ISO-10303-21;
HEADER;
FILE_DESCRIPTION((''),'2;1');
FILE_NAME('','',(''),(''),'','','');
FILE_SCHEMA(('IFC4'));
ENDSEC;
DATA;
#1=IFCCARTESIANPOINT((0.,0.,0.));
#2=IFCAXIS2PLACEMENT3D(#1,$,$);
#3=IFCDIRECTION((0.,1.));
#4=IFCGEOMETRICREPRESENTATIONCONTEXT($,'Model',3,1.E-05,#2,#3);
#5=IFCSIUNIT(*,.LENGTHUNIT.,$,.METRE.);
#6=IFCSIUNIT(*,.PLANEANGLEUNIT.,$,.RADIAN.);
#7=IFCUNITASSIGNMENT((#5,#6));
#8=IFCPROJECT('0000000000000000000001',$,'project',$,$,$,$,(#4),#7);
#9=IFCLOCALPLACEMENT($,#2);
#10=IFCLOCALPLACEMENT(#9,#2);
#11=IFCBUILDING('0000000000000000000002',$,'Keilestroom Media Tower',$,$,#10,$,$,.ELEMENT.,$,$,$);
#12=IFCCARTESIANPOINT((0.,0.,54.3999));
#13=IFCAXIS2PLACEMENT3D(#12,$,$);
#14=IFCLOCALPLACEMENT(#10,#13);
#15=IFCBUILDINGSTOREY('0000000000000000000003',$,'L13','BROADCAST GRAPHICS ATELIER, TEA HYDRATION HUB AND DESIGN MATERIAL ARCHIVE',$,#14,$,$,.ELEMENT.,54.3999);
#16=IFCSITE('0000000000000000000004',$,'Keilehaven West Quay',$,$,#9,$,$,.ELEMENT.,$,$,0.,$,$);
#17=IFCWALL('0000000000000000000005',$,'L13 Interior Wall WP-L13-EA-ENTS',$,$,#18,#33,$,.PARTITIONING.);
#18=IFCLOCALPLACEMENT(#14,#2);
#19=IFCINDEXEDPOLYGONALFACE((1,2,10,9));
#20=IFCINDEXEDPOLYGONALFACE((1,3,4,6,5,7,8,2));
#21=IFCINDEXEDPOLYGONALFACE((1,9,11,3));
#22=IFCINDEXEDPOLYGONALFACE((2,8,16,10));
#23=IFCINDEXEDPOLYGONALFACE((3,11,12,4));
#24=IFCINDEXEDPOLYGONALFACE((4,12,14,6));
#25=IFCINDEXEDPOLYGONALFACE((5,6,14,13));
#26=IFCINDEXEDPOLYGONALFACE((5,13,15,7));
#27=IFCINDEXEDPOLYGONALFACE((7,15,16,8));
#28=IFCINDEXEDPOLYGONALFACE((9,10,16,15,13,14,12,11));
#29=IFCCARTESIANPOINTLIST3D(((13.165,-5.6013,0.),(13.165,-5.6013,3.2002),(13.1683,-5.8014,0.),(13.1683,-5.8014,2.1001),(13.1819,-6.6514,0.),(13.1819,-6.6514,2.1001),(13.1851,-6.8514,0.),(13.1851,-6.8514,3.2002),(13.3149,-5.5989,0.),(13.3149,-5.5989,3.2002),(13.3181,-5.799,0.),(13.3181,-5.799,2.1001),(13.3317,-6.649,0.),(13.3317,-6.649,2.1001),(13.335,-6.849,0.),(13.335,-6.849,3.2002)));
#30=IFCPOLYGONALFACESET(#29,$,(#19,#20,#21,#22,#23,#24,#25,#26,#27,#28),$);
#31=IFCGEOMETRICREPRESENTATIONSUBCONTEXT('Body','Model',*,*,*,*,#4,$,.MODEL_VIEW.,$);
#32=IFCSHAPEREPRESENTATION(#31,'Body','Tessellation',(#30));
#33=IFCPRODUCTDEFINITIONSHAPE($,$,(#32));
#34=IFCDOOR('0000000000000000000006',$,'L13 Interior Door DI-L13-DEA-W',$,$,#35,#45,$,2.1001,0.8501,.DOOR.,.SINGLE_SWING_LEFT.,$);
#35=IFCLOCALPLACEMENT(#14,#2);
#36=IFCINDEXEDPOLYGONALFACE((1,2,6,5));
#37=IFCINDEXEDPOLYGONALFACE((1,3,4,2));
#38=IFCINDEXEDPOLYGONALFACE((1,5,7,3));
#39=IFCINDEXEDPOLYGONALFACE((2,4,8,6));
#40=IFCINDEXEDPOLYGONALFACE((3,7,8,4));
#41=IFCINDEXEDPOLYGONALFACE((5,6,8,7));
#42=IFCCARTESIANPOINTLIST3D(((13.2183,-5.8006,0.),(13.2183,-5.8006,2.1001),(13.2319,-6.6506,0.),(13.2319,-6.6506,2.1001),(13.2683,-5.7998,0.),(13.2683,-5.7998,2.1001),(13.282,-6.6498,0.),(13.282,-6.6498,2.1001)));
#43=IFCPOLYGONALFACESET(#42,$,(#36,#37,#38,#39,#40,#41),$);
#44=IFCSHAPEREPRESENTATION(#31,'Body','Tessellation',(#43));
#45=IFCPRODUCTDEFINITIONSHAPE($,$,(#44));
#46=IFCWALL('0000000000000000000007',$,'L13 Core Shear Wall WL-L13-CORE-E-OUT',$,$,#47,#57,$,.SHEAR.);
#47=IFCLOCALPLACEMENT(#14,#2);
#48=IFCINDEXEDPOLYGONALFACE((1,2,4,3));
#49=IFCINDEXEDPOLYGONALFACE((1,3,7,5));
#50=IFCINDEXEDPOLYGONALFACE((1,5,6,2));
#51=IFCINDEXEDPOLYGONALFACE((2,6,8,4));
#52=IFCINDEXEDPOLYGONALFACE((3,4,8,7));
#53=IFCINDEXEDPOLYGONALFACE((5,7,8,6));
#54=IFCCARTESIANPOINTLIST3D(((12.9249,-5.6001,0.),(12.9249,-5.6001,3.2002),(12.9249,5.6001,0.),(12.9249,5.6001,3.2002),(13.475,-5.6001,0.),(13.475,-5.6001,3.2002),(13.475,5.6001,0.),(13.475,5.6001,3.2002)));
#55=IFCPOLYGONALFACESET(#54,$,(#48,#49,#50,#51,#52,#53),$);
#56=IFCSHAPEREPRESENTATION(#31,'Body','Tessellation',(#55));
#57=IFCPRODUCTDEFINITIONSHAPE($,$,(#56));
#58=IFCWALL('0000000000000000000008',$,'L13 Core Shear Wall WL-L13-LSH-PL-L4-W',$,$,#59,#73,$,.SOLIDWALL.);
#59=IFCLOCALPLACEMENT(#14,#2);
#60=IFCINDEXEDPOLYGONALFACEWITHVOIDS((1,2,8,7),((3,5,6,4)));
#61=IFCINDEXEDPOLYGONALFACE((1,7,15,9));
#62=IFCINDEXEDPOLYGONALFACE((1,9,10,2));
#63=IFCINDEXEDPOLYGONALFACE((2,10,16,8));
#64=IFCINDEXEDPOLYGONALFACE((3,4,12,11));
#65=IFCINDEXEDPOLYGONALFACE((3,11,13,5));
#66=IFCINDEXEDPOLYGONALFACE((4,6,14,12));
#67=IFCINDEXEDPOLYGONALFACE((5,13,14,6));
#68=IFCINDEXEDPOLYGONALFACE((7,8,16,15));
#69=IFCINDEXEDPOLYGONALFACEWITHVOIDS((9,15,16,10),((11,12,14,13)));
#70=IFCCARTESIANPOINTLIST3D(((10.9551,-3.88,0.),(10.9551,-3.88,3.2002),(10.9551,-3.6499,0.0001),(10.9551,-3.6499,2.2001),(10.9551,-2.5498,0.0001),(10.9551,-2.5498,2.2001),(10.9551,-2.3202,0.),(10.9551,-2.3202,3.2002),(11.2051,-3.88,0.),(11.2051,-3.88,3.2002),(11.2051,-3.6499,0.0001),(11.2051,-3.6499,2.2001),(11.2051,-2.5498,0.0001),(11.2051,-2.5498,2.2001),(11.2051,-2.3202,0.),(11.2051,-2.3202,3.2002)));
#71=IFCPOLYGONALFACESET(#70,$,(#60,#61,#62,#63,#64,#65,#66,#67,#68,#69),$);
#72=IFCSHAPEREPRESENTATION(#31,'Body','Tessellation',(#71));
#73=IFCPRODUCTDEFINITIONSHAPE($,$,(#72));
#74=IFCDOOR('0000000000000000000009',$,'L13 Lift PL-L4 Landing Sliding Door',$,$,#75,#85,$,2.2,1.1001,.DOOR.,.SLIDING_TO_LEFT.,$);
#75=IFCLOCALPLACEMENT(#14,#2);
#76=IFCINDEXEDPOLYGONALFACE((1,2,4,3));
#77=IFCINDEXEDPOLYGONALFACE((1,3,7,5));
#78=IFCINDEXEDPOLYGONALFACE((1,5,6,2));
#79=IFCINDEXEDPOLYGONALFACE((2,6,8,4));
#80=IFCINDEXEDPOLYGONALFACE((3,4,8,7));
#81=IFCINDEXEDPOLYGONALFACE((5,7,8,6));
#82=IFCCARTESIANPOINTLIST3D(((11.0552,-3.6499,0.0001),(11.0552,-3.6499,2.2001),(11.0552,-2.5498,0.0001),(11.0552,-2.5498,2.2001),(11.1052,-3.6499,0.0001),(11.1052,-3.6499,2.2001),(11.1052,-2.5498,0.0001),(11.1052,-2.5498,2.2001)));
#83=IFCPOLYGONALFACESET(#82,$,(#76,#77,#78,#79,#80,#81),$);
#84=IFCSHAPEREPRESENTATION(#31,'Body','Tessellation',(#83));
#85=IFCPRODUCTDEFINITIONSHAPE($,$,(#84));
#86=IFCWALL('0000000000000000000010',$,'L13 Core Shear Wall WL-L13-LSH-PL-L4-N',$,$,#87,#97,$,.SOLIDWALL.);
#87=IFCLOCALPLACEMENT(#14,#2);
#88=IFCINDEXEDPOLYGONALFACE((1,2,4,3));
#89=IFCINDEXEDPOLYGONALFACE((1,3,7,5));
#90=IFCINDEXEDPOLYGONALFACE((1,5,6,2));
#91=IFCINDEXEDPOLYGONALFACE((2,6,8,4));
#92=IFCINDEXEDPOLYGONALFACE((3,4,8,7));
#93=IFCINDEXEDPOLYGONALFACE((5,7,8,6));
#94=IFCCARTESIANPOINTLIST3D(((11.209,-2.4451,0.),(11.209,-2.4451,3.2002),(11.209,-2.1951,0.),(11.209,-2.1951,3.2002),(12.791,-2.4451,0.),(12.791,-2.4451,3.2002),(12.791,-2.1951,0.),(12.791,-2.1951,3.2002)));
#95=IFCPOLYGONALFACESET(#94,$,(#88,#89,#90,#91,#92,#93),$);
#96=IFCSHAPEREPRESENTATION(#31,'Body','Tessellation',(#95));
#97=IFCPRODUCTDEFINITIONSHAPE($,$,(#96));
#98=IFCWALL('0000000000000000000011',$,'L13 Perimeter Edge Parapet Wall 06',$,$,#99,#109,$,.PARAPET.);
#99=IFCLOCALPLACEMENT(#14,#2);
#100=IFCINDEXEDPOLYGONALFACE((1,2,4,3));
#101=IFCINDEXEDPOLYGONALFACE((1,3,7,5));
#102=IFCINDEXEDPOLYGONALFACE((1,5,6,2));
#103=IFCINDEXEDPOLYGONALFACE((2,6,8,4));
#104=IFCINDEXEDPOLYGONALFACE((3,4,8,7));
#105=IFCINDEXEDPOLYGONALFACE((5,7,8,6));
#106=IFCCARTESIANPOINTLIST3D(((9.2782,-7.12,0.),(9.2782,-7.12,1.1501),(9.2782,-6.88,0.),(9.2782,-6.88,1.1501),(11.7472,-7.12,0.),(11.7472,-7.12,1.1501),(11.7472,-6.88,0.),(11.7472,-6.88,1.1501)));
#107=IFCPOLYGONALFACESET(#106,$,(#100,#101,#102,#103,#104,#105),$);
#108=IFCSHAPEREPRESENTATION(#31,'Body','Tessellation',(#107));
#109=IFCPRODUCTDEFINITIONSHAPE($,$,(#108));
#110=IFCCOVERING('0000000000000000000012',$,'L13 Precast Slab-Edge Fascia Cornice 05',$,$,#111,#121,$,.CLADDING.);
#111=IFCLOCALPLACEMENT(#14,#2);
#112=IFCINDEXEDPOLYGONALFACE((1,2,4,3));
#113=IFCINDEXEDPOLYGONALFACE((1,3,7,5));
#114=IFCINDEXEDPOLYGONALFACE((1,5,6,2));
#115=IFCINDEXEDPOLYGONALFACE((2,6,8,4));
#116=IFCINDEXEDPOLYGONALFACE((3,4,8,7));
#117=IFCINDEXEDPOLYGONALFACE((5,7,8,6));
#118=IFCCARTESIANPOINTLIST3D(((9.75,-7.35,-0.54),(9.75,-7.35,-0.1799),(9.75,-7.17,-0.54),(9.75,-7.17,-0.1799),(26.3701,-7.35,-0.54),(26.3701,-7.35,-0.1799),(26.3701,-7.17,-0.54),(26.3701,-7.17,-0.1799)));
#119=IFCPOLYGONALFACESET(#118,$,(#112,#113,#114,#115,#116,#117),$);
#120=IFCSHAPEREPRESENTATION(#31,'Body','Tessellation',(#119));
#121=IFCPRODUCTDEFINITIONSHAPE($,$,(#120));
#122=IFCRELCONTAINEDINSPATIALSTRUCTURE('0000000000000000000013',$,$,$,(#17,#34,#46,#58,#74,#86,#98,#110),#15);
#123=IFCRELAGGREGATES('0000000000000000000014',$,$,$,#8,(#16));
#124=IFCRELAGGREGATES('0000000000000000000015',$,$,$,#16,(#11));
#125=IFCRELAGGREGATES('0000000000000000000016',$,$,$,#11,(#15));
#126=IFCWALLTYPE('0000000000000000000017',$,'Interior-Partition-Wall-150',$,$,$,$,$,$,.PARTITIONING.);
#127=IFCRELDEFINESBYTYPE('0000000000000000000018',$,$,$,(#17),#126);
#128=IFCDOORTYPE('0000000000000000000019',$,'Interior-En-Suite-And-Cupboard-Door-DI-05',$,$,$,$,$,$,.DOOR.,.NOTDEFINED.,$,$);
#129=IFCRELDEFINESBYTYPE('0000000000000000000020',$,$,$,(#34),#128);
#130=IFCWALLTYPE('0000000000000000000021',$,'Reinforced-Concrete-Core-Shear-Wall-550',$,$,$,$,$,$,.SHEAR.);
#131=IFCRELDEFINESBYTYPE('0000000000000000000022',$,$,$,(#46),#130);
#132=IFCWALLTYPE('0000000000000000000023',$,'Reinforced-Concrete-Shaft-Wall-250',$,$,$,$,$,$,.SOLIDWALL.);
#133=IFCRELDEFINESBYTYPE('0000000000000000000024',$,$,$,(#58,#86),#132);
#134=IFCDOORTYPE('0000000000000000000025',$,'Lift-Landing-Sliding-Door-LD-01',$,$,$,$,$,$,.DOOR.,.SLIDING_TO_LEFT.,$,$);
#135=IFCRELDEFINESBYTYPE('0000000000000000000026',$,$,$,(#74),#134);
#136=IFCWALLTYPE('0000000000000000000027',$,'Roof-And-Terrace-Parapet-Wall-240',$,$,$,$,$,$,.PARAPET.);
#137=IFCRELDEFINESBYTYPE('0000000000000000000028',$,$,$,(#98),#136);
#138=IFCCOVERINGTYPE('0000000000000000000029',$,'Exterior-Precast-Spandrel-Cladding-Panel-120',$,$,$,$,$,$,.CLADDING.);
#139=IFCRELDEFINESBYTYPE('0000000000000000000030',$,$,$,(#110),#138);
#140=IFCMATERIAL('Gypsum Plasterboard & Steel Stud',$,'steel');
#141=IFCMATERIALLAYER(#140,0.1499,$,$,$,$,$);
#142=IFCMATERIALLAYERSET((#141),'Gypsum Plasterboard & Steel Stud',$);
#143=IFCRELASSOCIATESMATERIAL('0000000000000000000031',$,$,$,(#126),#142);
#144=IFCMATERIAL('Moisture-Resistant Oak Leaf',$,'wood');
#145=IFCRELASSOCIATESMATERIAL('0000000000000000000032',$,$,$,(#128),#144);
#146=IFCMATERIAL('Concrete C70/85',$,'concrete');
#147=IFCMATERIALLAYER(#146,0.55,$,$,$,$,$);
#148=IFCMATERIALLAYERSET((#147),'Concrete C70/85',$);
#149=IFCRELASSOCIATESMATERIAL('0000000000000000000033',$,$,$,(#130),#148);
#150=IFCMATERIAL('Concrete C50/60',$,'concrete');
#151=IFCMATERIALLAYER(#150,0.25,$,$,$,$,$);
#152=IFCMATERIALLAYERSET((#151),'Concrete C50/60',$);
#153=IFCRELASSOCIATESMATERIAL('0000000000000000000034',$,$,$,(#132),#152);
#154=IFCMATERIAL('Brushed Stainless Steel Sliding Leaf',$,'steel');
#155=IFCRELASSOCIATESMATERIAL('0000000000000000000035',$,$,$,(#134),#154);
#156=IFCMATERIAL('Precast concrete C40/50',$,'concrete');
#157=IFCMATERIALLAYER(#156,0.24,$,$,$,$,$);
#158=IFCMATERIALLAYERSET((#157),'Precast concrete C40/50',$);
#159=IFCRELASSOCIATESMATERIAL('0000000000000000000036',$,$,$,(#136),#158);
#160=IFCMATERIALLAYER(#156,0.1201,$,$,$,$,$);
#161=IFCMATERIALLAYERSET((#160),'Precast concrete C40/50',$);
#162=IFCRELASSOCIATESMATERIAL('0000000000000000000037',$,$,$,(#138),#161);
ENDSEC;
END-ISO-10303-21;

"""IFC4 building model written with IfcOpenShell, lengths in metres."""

from ifc_helpers import new_model, si_unit, direction, frame, frame_2d, origin, origin_2d, place, context, subcontext, project, spatial, rectangle, extrude, source, transform, mapped, material, layer, layer_set, type_object, element, fill, save


model = new_model("IFC4")

# Units and contexts
model_context = context("Model", 3, precision=1e-05, world=origin(), true_north=direction((0.0, 1.0)))
body_context = subcontext(model_context, "Body", "Model", "MODEL_VIEW")
ifc_project = project(units=[si_unit("LENGTHUNIT", "METRE"), si_unit("PLANEANGLEUNIT", "RADIAN")], contexts=[model_context])

# Site, building, storey
site_placement = place(None, origin())
site = spatial("IfcSite", under=ifc_project, at=site_placement, Name="Keilehaven West Quay", CompositionType="ELEMENT", RefElevation=0.0)
building_placement = place(site_placement, origin())
building = spatial("IfcBuilding", under=site, at=building_placement, Name="Keilestroom Media Tower", CompositionType="ELEMENT")
storey_placement = place(building_placement, frame((0.0, 0.0, 54.3999)))
storey = spatial("IfcBuildingStorey", under=building, at=storey_placement, Name="L13", Description="BROADCAST GRAPHICS ATELIER, TEA HYDRATION HUB AND DESIGN MATERIAL ARCHIVE", CompositionType="ELEMENT", Elevation=54.3999)

# Shared definitions
ifc_material_1 = material(Name="Precast concrete C40/50", Category="concrete")

# Wall, opening, door
ifc_material_2 = material(Name="Gypsum Plasterboard & Steel Stud", Category="steel")
ifc_layer_1 = layer(ifc_material_2, 0.1499)
ifc_layer_set_1 = layer_set([ifc_layer_1], Name="Gypsum Plasterboard & Steel Stud")
wall_type_1 = type_object("IfcWallType", Name="Interior-Partition-Wall-150", PredefinedType="PARTITIONING", material=ifc_layer_set_1)
wall_1_placement = place(storey_placement, frame((13.26, -6.8501, 0.0), z_axis=(0.0, 0.0, 1.0), x_axis=(-0.016014, 0.999872, 0.0)))
wall_1 = element("IfcWall", 1, at=wall_1_placement, inside=storey, type_object=wall_type_1, Name="L13 Interior Wall WP-L13-EA-ENTS", PredefinedType="PARTITIONING", context=body_context, shape_type="SweptSolid", body=[
    extrude(rectangle(XDim=1.2502, YDim=0.1499, at=frame_2d((0.625, 0.0))), origin(), (0.0, 0.0, 1.0), 3.2002),
])
opening_1_placement = place(wall_1_placement, frame((0.2, 0.0, 0.0)))
opening_1 = element("IfcOpeningElement", 2, at=opening_1_placement, cuts=wall_1, PredefinedType="OPENING", context=body_context, shape_type="SweptSolid", body=[
    extrude(rectangle(XDim=0.8501, YDim=2.1001, at=frame_2d((0.425, 1.05))), frame((0.0, 0.085, 0.0), z_axis=(0.0, -1.0, 0.0), x_axis=(1.0, 0.0, 0.0)), (0.0, 0.0, 1.0), 0.1699),
])
ifc_material_3 = material(Name="Moisture-Resistant Oak Leaf", Category="wood")
door_type_1 = type_object("IfcDoorType", Name="Interior-En-Suite-And-Cupboard-Door-DI-05", OperationType="NOTDEFINED", PredefinedType="DOOR", material=ifc_material_3)
shared_shape_1 = source(origin(), body_context, "Body", "SweptSolid", [
    extrude(rectangle(XDim=0.8501, YDim=2.1001, at=frame_2d((0.425, 1.05))), frame((0.0, 0.0249, 0.0), z_axis=(0.0, -1.0, 0.0), x_axis=(1.0, 0.0, 0.0)), (0.0, 0.0, 1.0), 0.05),
])
door_1_placement = place(opening_1_placement, origin())
door_1 = element("IfcDoor", 3, at=door_1_placement, inside=storey, type_object=door_type_1, Name="L13 Interior Door DI-L13-DEA-W", OperationType="SINGLE_SWING_LEFT", OverallHeight=2.1001, OverallWidth=0.8501, PredefinedType="DOOR", context=body_context, shape_type="MappedRepresentation", body=[
    mapped(shared_shape_1, transform((0.0, 0.0, 0.0), x_axis=(1.0, 0.0, 0.0), y_axis=(0.0, 1.0, 0.0), z_axis=(0.0, 0.0, 1.0), scale=1.0)),
])
fill(opening_1, door_1)

# Wall
ifc_material_4 = material(Name="Concrete C70/85", Category="concrete")
ifc_layer_2 = layer(ifc_material_4, 0.55)
ifc_layer_set_2 = layer_set([ifc_layer_2], Name="Concrete C70/85")
wall_type_2 = type_object("IfcWallType", Name="Reinforced-Concrete-Core-Shear-Wall-550", PredefinedType="SHEAR", material=ifc_layer_set_2)
wall_2_placement = place(storey_placement, frame((13.2, -5.6001, 0.0), z_axis=(0.0, 0.0, 1.0), x_axis=(0.0, 1.0, 0.0)))
element("IfcWall", 4, at=wall_2_placement, inside=storey, type_object=wall_type_2, Name="L13 Core Shear Wall WL-L13-CORE-E-OUT", PredefinedType="SHEAR", context=body_context, shape_type="SweptSolid", body=[
    extrude(rectangle(XDim=11.2002, YDim=0.55, at=frame_2d((5.6001, 0.0))), origin(), (0.0, 0.0, 1.0), 3.2002),
])

# Wall, opening, door
ifc_material_5 = material(Name="Concrete C50/60", Category="concrete")
ifc_layer_3 = layer(ifc_material_5, 0.25)
ifc_layer_set_3 = layer_set([ifc_layer_3], Name="Concrete C50/60")
wall_type_3 = type_object("IfcWallType", Name="Reinforced-Concrete-Shaft-Wall-250", PredefinedType="SOLIDWALL", material=ifc_layer_set_3)
wall_3_placement = place(storey_placement, frame((11.0801, -3.8799, 0.0), z_axis=(0.0, 0.0, 1.0), x_axis=(0.0, 1.0, 0.0)))
wall_3 = element("IfcWall", 5, at=wall_3_placement, inside=storey, type_object=wall_type_3, Name="L13 Core Shear Wall WL-L13-LSH-PL-L4-W", PredefinedType="SOLIDWALL", context=body_context, shape_type="SweptSolid", body=[
    extrude(rectangle(XDim=1.5598, YDim=0.25, at=frame_2d((0.7798, 0.0))), origin(), (0.0, 0.0, 1.0), 3.2002),
])
opening_2_placement = place(wall_3_placement, frame((0.23, 0.0, 0.0)))
opening_2 = element("IfcOpeningElement", 6, at=opening_2_placement, cuts=wall_3, PredefinedType="OPENING", context=body_context, shape_type="SweptSolid", body=[
    extrude(rectangle(XDim=1.1001, YDim=2.2, at=frame_2d((0.55, 1.1001))), frame((0.0, 0.135, 0.0), z_axis=(0.0, -1.0, 0.0), x_axis=(1.0, 0.0, 0.0)), (0.0, 0.0, 1.0), 0.27),
])
ifc_material_6 = material(Name="Brushed Stainless Steel Sliding Leaf", Category="steel")
door_type_2 = type_object("IfcDoorType", Name="Lift-Landing-Sliding-Door-LD-01", OperationType="SLIDING_TO_LEFT", PredefinedType="DOOR", material=ifc_material_6)
shared_shape_2 = source(origin(), body_context, "Body", "SweptSolid", [
    extrude(rectangle(XDim=1.1001, YDim=2.2, at=frame_2d((0.55, 1.1001))), frame((0.0, 0.0249, 0.0), z_axis=(0.0, -1.0, 0.0), x_axis=(1.0, 0.0, 0.0)), (0.0, 0.0, 1.0), 0.05),
])
door_2_placement = place(opening_2_placement, origin())
door_2 = element("IfcDoor", 7, at=door_2_placement, inside=storey, type_object=door_type_2, Name="L13 Lift PL-L4 Landing Sliding Door", OperationType="SLIDING_TO_LEFT", OverallHeight=2.2, OverallWidth=1.1001, PredefinedType="DOOR", context=body_context, shape_type="MappedRepresentation", body=[
    mapped(shared_shape_2, transform((0.0, 0.0, 0.0), x_axis=(1.0, 0.0, 0.0), y_axis=(0.0, 1.0, 0.0), z_axis=(0.0, 0.0, 1.0), scale=1.0)),
])
fill(opening_2, door_2)

# Walls
wall_4_placement = place(storey_placement, frame((11.209, -2.3201, 0.0), z_axis=(0.0, 0.0, 1.0), x_axis=(1.0, 0.0, 0.0)))
element("IfcWall", 8, at=wall_4_placement, inside=storey, type_object=wall_type_3, Name="L13 Core Shear Wall WL-L13-LSH-PL-L4-N", PredefinedType="SOLIDWALL", context=body_context, shape_type="SweptSolid", body=[
    extrude(rectangle(XDim=1.582, YDim=0.25, at=frame_2d((0.791, 0.0))), origin(), (0.0, 0.0, 1.0), 3.2002),
])
ifc_layer_4 = layer(ifc_material_1, 0.24)
ifc_layer_set_4 = layer_set([ifc_layer_4], Name="Precast concrete C40/50")
wall_type_4 = type_object("IfcWallType", Name="Roof-And-Terrace-Parapet-Wall-240", PredefinedType="PARAPET", material=ifc_layer_set_4)
wall_5_placement = place(storey_placement, frame((11.7471, -7.0, 0.0), z_axis=(0.0, 0.0, 1.0), x_axis=(-1.0, 0.0, 0.0)))
element("IfcWall", 9, at=wall_5_placement, inside=storey, type_object=wall_type_4, Name="L13 Perimeter Edge Parapet Wall 06", PredefinedType="PARAPET", context=body_context, shape_type="SweptSolid", body=[
    extrude(rectangle(XDim=2.469, YDim=0.24, at=frame_2d((1.2344, 0.0))), origin(), (0.0, 0.0, 1.0), 1.1501),
])

# Covering
ifc_layer_5 = layer(ifc_material_1, 0.1201)
ifc_layer_set_5 = layer_set([ifc_layer_5], Name="Precast concrete C40/50")
covering_type = type_object("IfcCoveringType", Name="Exterior-Precast-Spandrel-Cladding-Panel-120", PredefinedType="CLADDING", material=ifc_layer_set_5)
shared_shape_3 = source(origin(), body_context, "Body", "SweptSolid", [
    extrude(rectangle(XDim=16.6201, YDim=0.1799, at=origin_2d()), origin(), (0.0, 0.0, 1.0), 0.3601),
])
covering_placement = place(storey_placement, frame((18.0601, -7.26, -0.54), z_axis=(0.0, 0.0, 1.0), x_axis=(-1.0, 0.0, 0.0)))
element("IfcCovering", 10, at=covering_placement, inside=storey, type_object=covering_type, Name="L13 Precast Slab-Edge Fascia Cornice 05", PredefinedType="CLADDING", context=body_context, shape_type="MappedRepresentation", body=[
    mapped(shared_shape_3, transform((0.0, 0.0, 0.0), x_axis=(1.0, 0.0, 0.0), y_axis=(0.0, 1.0, 0.0), z_axis=(0.0, 0.0, 1.0), scale=1.0)),
])

save(model, "model.ifc")
